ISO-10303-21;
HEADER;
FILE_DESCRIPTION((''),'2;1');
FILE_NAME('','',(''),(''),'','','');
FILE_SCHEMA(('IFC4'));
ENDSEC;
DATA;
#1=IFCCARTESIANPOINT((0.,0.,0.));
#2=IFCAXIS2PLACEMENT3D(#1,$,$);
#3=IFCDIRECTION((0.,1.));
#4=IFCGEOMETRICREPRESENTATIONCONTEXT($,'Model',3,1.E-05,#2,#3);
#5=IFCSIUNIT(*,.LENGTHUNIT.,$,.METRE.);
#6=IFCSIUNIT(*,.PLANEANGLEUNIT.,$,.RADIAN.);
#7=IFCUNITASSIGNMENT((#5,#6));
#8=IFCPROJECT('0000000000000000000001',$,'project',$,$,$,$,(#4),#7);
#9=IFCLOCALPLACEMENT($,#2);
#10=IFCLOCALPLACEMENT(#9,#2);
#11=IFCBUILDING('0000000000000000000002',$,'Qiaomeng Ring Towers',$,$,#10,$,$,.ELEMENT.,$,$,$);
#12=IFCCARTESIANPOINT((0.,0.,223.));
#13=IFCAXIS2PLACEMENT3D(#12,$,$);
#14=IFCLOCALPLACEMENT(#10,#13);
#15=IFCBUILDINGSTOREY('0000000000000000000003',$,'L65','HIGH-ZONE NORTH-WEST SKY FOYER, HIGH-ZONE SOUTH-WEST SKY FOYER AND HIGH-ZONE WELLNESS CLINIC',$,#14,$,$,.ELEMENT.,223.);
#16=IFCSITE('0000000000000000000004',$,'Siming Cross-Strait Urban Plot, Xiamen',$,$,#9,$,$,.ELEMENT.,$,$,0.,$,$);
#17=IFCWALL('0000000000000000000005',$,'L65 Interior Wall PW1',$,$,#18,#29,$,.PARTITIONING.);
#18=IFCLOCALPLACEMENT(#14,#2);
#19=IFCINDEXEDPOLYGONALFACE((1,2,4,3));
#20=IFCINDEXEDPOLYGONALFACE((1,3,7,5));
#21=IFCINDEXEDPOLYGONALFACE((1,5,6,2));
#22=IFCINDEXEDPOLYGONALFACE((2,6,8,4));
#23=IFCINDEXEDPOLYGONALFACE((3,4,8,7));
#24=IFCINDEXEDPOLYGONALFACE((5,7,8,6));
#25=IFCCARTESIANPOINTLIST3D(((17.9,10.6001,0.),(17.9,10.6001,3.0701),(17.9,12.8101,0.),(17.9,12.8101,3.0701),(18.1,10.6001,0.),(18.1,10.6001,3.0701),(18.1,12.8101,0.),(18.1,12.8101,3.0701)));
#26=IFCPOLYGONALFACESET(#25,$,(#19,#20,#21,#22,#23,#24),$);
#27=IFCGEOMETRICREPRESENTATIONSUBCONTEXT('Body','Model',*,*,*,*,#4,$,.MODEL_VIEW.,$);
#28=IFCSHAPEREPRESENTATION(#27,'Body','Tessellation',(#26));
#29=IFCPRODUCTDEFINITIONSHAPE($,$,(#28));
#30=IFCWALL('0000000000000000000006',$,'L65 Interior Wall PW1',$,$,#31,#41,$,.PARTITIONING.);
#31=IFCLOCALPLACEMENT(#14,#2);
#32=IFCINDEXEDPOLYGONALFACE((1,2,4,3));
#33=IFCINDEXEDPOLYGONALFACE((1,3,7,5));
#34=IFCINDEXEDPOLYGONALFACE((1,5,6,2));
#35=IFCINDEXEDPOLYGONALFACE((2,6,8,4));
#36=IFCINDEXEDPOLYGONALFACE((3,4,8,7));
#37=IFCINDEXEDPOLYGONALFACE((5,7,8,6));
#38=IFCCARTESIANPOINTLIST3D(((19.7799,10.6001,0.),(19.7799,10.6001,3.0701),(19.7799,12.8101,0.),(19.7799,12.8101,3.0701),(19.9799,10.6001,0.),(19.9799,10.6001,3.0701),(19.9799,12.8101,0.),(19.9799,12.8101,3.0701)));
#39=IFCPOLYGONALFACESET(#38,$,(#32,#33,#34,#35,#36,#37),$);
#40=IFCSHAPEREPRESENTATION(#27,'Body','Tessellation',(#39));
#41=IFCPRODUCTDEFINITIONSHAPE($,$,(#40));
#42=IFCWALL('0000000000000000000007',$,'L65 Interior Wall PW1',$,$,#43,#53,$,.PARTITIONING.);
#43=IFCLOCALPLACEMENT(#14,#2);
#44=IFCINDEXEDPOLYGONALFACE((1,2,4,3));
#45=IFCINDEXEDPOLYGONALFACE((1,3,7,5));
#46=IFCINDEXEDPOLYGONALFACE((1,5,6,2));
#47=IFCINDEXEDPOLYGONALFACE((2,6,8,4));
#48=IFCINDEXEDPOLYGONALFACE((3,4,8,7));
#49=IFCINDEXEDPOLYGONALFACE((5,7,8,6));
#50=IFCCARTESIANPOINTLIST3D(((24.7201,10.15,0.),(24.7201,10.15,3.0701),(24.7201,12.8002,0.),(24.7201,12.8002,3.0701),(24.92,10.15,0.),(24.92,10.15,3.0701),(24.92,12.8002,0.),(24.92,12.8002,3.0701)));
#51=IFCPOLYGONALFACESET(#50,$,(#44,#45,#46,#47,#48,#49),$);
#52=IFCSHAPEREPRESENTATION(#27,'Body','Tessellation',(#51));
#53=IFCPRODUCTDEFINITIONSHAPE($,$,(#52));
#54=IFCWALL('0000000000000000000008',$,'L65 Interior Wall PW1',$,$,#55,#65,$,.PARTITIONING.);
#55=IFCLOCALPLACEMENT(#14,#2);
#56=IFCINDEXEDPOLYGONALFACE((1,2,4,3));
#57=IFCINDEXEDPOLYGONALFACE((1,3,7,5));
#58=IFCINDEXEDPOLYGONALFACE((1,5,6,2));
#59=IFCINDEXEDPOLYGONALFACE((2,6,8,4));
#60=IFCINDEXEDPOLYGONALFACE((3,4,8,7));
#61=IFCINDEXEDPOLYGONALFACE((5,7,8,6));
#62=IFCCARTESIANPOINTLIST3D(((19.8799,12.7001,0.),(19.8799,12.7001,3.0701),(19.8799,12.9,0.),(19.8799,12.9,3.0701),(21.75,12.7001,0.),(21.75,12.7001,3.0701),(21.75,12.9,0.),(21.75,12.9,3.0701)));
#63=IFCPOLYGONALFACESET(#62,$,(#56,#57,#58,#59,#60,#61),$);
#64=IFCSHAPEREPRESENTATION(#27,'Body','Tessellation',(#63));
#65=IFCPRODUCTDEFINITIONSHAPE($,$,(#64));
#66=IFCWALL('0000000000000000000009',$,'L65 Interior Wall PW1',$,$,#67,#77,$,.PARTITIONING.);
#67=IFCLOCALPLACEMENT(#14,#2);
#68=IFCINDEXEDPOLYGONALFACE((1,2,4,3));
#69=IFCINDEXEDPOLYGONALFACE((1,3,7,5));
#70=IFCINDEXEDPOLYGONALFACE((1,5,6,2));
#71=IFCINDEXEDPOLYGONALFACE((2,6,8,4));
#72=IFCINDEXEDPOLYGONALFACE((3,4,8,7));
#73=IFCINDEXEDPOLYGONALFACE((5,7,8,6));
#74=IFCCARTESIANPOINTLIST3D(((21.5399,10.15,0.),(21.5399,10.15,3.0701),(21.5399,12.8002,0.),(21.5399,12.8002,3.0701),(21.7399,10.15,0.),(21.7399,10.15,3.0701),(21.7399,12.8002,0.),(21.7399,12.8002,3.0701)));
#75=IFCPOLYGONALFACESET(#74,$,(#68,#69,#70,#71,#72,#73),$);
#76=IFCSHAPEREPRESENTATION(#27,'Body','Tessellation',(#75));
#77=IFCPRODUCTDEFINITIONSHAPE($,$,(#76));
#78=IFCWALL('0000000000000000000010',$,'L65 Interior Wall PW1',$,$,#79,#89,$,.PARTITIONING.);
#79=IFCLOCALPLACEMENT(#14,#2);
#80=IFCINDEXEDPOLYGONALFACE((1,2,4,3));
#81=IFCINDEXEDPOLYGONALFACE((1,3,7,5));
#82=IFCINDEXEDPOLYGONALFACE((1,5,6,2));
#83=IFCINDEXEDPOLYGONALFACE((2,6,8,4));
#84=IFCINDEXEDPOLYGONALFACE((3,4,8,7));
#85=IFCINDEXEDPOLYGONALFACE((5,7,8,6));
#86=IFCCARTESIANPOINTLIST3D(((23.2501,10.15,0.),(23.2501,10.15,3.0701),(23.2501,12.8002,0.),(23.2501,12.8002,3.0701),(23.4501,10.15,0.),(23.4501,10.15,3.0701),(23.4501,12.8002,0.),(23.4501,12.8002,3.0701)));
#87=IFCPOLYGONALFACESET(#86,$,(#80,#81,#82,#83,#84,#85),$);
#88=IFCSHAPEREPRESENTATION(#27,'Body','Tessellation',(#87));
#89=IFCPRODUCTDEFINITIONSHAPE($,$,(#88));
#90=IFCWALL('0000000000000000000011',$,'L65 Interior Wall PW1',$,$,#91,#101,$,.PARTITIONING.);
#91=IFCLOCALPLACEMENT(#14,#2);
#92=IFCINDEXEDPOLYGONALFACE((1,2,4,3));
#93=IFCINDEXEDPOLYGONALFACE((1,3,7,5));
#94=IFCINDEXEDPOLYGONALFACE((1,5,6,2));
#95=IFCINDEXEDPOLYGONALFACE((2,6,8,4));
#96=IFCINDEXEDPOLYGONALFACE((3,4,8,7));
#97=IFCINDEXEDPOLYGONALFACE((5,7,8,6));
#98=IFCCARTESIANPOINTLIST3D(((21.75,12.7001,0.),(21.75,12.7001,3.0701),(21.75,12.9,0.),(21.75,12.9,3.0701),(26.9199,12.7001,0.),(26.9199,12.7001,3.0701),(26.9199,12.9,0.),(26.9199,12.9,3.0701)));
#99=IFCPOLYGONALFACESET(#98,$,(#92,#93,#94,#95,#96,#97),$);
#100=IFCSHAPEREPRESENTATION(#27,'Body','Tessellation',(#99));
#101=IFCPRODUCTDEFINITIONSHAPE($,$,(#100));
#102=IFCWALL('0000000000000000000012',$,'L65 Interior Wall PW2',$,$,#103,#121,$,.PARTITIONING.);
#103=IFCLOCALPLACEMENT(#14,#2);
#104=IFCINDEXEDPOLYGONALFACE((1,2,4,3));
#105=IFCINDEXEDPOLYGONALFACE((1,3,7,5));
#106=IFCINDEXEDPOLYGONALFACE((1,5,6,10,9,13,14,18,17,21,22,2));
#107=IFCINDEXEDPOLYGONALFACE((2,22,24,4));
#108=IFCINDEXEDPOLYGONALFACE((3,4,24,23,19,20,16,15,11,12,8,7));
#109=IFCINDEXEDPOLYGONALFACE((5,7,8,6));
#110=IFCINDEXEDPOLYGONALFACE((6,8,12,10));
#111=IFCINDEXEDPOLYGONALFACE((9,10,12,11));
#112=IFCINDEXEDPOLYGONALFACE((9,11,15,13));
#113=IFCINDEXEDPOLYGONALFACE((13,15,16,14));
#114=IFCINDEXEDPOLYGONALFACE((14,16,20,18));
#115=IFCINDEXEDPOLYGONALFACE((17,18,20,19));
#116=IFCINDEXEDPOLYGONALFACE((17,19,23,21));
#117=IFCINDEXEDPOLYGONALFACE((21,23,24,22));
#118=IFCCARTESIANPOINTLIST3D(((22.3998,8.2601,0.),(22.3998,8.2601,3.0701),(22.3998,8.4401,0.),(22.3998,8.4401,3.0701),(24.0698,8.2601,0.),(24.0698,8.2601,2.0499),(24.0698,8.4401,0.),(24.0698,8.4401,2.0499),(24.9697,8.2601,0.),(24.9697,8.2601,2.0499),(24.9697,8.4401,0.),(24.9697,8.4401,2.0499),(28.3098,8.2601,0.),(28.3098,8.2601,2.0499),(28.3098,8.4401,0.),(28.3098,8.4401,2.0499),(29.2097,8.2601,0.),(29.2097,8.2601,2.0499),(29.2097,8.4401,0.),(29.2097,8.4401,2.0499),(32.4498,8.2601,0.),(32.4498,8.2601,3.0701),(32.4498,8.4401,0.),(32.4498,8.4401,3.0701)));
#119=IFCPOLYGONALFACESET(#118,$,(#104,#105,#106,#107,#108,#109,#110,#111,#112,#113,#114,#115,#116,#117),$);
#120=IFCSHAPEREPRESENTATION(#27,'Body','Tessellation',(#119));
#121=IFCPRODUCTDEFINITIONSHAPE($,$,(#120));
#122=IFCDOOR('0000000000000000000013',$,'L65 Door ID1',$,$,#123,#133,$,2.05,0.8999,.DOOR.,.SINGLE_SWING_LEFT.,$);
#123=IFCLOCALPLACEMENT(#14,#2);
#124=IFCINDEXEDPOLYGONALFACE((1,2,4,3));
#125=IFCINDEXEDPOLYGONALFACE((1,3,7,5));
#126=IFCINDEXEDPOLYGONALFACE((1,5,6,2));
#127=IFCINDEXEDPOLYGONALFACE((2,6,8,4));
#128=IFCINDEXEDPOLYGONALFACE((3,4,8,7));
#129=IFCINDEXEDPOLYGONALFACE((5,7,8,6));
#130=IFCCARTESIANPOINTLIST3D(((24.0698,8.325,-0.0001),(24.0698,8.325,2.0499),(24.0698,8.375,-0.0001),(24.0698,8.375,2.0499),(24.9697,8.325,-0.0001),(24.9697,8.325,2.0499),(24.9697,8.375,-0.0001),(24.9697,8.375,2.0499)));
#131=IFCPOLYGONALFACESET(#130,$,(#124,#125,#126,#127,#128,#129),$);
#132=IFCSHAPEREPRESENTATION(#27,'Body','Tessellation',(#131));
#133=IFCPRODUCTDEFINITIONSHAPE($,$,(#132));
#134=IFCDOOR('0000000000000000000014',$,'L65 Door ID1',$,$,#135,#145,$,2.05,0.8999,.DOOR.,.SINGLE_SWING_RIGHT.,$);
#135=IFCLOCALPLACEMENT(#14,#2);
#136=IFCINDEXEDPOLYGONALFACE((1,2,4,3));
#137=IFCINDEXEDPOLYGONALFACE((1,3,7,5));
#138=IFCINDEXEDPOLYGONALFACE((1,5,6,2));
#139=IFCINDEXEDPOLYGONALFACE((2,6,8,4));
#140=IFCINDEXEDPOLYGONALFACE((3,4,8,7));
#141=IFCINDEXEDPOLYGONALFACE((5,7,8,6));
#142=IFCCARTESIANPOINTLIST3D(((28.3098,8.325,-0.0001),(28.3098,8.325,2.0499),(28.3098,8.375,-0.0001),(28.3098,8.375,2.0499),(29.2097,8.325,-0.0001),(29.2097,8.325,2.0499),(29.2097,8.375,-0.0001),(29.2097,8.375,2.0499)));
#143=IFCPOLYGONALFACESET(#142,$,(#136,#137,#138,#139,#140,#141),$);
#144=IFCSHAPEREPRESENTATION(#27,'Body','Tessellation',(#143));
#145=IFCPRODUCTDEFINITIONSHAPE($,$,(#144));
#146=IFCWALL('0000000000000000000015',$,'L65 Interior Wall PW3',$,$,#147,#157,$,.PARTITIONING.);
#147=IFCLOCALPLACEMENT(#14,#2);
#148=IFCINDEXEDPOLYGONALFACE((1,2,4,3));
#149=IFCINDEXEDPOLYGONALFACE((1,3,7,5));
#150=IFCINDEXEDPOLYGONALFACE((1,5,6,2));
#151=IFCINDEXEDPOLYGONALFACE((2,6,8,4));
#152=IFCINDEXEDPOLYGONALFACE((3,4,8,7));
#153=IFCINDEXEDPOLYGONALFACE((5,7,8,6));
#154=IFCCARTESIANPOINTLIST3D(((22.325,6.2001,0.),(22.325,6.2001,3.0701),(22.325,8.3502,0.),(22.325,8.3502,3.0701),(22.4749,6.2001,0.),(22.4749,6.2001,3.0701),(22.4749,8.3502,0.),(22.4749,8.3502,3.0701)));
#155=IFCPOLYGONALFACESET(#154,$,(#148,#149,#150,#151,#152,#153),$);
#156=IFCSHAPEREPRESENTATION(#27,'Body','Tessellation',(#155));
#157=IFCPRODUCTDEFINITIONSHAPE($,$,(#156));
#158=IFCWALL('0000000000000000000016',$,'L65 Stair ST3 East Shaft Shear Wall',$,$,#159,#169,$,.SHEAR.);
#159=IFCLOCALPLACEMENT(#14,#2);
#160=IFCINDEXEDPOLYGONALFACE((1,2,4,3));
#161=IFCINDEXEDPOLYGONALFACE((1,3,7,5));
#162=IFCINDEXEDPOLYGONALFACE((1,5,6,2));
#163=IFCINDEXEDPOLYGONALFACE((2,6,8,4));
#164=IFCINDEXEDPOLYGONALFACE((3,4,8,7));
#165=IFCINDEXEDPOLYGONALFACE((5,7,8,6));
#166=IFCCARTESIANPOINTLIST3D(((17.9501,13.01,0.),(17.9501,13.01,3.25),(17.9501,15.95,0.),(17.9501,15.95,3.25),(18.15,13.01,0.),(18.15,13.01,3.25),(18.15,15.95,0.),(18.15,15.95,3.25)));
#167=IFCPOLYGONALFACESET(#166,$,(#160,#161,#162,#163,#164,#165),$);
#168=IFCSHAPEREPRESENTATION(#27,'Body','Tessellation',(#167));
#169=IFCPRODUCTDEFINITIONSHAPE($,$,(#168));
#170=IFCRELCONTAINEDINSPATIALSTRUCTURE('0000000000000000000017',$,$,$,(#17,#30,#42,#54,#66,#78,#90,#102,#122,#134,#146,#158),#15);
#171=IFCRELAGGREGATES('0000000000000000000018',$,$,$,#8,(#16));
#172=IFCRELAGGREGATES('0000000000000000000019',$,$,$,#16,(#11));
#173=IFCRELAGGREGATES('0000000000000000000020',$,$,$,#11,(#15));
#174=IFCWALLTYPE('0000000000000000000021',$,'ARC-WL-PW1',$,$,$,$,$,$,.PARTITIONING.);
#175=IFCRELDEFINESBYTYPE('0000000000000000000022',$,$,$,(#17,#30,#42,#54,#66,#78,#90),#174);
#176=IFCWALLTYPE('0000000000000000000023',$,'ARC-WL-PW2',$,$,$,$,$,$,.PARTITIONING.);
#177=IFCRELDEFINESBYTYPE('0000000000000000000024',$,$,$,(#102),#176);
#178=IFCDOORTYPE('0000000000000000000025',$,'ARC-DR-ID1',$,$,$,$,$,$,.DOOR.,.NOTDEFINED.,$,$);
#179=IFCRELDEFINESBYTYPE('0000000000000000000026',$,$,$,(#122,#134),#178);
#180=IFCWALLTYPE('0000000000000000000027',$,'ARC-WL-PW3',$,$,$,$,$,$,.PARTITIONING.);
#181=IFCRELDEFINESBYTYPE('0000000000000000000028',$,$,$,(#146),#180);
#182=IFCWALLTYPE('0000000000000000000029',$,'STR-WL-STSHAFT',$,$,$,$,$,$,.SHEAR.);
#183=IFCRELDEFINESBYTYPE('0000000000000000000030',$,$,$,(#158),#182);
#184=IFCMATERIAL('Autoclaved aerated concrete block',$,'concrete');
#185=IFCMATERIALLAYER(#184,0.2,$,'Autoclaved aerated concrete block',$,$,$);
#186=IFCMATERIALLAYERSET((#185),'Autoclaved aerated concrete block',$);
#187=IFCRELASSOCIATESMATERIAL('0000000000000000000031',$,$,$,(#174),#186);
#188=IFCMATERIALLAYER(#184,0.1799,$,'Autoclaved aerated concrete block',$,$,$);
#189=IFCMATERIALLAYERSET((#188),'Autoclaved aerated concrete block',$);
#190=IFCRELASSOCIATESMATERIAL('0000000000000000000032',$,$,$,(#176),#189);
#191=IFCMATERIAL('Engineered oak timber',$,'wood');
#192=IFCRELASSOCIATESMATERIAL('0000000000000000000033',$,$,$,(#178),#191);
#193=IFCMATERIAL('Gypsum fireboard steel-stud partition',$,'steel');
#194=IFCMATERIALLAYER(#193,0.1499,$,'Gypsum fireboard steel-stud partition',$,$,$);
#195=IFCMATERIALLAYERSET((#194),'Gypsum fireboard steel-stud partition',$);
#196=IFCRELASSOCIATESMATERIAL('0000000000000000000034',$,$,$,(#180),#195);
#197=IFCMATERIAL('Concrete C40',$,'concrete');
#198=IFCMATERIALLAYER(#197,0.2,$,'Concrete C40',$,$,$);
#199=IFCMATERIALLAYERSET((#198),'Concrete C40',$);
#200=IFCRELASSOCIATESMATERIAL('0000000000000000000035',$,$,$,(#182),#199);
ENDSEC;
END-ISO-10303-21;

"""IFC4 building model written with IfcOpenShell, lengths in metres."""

from ifc_helpers import new_model, si_unit, direction, frame, frame_2d, origin, place, context, subcontext, project, spatial, rectangle, extrude, source, transform, mapped, material, layer, layer_set, type_object, element, fill, save


model = new_model("IFC4")

# Units and contexts
model_context = context("Model", 3, precision=1e-05, world=origin(), true_north=direction((0.0, 1.0)))
body_context = subcontext(model_context, "Body", "Model", "MODEL_VIEW")
ifc_project = project(units=[si_unit("LENGTHUNIT", "METRE"), si_unit("PLANEANGLEUNIT", "RADIAN")], contexts=[model_context])

# Site, building, storey
site_placement = place(None, origin())
site = spatial("IfcSite", under=ifc_project, at=site_placement, Name="Siming Cross-Strait Urban Plot, Xiamen", CompositionType="ELEMENT", RefElevation=0.0)
building_placement = place(site_placement, origin())
building = spatial("IfcBuilding", under=site, at=building_placement, Name="Qiaomeng Ring Towers", CompositionType="ELEMENT")
storey_placement = place(building_placement, frame((0.0, 0.0, 223.0)))
storey = spatial("IfcBuildingStorey", under=building, at=storey_placement, Name="L65", Description="HIGH-ZONE NORTH-WEST SKY FOYER, HIGH-ZONE SOUTH-WEST SKY FOYER AND HIGH-ZONE WELLNESS CLINIC", CompositionType="ELEMENT", Elevation=223.0)

# Walls
ifc_material_1 = material(Name="Autoclaved aerated concrete block", Category="concrete")
ifc_layer_1 = layer(ifc_material_1, 0.2, Name="Autoclaved aerated concrete block")
ifc_layer_set_1 = layer_set([ifc_layer_1], Name="Autoclaved aerated concrete block")
wall_type_1 = type_object("IfcWallType", Name="ARC-WL-PW1", PredefinedType="PARTITIONING", material=ifc_layer_set_1)
for number, where, z_axis, x_axis, name in (
    (1, (18.0, 10.6001, 0.0), (0.0, 0.0, 1.0), (0.0, 1.0, 0.0), "L65 Interior Wall PW1"),
    (2, (19.8799, 10.6001, 0.0), (0.0, 0.0, 1.0), (0.0, 1.0, 0.0), "L65 Interior Wall PW1"),
):
    element("IfcWall", number, at=place(storey_placement, frame(where, z_axis=z_axis, x_axis=x_axis)), inside=storey, type_object=wall_type_1, Name=name, PredefinedType="PARTITIONING", context=body_context, shape_type="SweptSolid", body=[
        extrude(rectangle(XDim=2.21, YDim=0.2, at=frame_2d((1.105, 0.0))), origin(), (0.0, 0.0, 1.0), 3.0701),
    ])
wall_1_placement = place(storey_placement, frame((24.8201, 10.1499, 0.0), z_axis=(0.0, 0.0, 1.0), x_axis=(0.0, 1.0, 0.0)))
element("IfcWall", 3, at=wall_1_placement, inside=storey, type_object=wall_type_1, Name="L65 Interior Wall PW1", PredefinedType="PARTITIONING", context=body_context, shape_type="SweptSolid", body=[
    extrude(rectangle(XDim=2.6501, YDim=0.2, at=frame_2d((1.3252, 0.0))), origin(), (0.0, 0.0, 1.0), 3.0701),
])
wall_2_placement = place(storey_placement, frame((19.8799, 12.8, 0.0), z_axis=(0.0, 0.0, 1.0), x_axis=(1.0, 0.0, 0.0)))
element("IfcWall", 4, at=wall_2_placement, inside=storey, type_object=wall_type_1, Name="L65 Interior Wall PW1", PredefinedType="PARTITIONING", context=body_context, shape_type="SweptSolid", body=[
    extrude(rectangle(XDim=1.8701, YDim=0.2, at=frame_2d((0.9351, 0.0))), origin(), (0.0, 0.0, 1.0), 3.0701),
])
for number, where, z_axis, x_axis, name in (
    (5, (21.6399, 10.1499, 0.0), (0.0, 0.0, 1.0), (0.0, 1.0, 0.0), "L65 Interior Wall PW1"),
    (6, (23.3501, 10.1499, 0.0), (0.0, 0.0, 1.0), (0.0, 1.0, 0.0), "L65 Interior Wall PW1"),
):
    element("IfcWall", number, at=place(storey_placement, frame(where, z_axis=z_axis, x_axis=x_axis)), inside=storey, type_object=wall_type_1, Name=name, PredefinedType="PARTITIONING", context=body_context, shape_type="SweptSolid", body=[
        extrude(rectangle(XDim=2.6501, YDim=0.2, at=frame_2d((1.3252, 0.0))), origin(), (0.0, 0.0, 1.0), 3.0701),
    ])
wall_3_placement = place(storey_placement, frame((21.75, 12.8, 0.0), z_axis=(0.0, 0.0, 1.0), x_axis=(1.0, 0.0, 0.0)))
element("IfcWall", 7, at=wall_3_placement, inside=storey, type_object=wall_type_1, Name="L65 Interior Wall PW1", PredefinedType="PARTITIONING", context=body_context, shape_type="SweptSolid", body=[
    extrude(rectangle(XDim=5.1699, YDim=0.2, at=frame_2d((2.585, 0.0))), origin(), (0.0, 0.0, 1.0), 3.0701),
])

# Wall, openings, doors
ifc_layer_2 = layer(ifc_material_1, 0.1799, Name="Autoclaved aerated concrete block")
ifc_layer_set_2 = layer_set([ifc_layer_2], Name="Autoclaved aerated concrete block")
wall_type_2 = type_object("IfcWallType", Name="ARC-WL-PW2", PredefinedType="PARTITIONING", material=ifc_layer_set_2)
wall_4_placement = place(storey_placement, frame((22.3999, 8.3501, 0.0), z_axis=(0.0, 0.0, 1.0), x_axis=(1.0, 0.0, 0.0)))
wall_4 = element("IfcWall", 8, at=wall_4_placement, inside=storey, type_object=wall_type_2, Name="L65 Interior Wall PW2", PredefinedType="PARTITIONING", context=body_context, shape_type="SweptSolid", body=[
    extrude(rectangle(XDim=10.05, YDim=0.1799, at=frame_2d((5.0249, 0.0))), origin(), (0.0, 0.0, 1.0), 3.0701),
])
opening_1_placement = place(wall_4_placement, frame((1.6699, 0.0, 0.0)))
opening_1 = element("IfcOpeningElement", 9, at=opening_1_placement, cuts=wall_4, PredefinedType="OPENING", context=body_context, shape_type="SweptSolid", body=[
    extrude(rectangle(XDim=0.8999, YDim=2.05, at=frame_2d((0.45, 1.0249))), frame((0.0, 0.0999, 0.0), z_axis=(0.0, -1.0, 0.0), x_axis=(1.0, 0.0, 0.0)), (0.0, 0.0, 1.0), 0.2),
])
opening_2_placement = place(wall_4_placement, frame((5.9099, 0.0, 0.0)))
opening_2 = element("IfcOpeningElement", 10, at=opening_2_placement, cuts=wall_4, PredefinedType="OPENING", context=body_context, shape_type="SweptSolid", body=[
    extrude(rectangle(XDim=0.8999, YDim=2.05, at=frame_2d((0.45, 1.0249))), frame((0.0, 0.0999, 0.0), z_axis=(0.0, -1.0, 0.0), x_axis=(1.0, 0.0, 0.0)), (0.0, 0.0, 1.0), 0.2),
])
ifc_material_2 = material(Name="Engineered oak timber", Category="wood")
door_type_1 = type_object("IfcDoorType", Name="ARC-DR-ID1", OperationType="NOTDEFINED", PredefinedType="DOOR", material=ifc_material_2)
shared_shape_1 = source(origin(), body_context, "Body", "SweptSolid", [
    extrude(rectangle(XDim=0.8999, YDim=2.05, at=frame_2d((0.45, 1.0249))), frame((0.0, 0.0249, 0.0), z_axis=(0.0, -1.0, 0.0), x_axis=(1.0, 0.0, 0.0)), (0.0, 0.0, 1.0), 0.05),
])
door_1_placement = place(opening_1_placement, origin())
door_1 = element("IfcDoor", 11, at=door_1_placement, inside=storey, type_object=door_type_1, Name="L65 Door ID1", OperationType="SINGLE_SWING_LEFT", OverallHeight=2.05, OverallWidth=0.8999, PredefinedType="DOOR", context=body_context, shape_type="MappedRepresentation", body=[
    mapped(shared_shape_1, transform((0.0, 0.0, 0.0), x_axis=(1.0, 0.0, 0.0), y_axis=(0.0, 1.0, 0.0), z_axis=(0.0, 0.0, 1.0), scale=1.0)),
])
fill(opening_1, door_1)
door_2_placement = place(opening_2_placement, origin())
door_2 = element("IfcDoor", 12, at=door_2_placement, inside=storey, type_object=door_type_1, Name="L65 Door ID1", OperationType="SINGLE_SWING_RIGHT", OverallHeight=2.05, OverallWidth=0.8999, PredefinedType="DOOR", context=body_context, shape_type="MappedRepresentation", body=[
    mapped(shared_shape_1, transform((0.0, 0.0, 0.0), x_axis=(1.0, 0.0, 0.0), y_axis=(0.0, 1.0, 0.0), z_axis=(0.0, 0.0, 1.0), scale=1.0)),
])
fill(opening_2, door_2)

# Walls
ifc_material_3 = material(Name="Gypsum fireboard steel-stud partition", Category="steel")
ifc_layer_3 = layer(ifc_material_3, 0.1499, Name="Gypsum fireboard steel-stud partition")
ifc_layer_set_3 = layer_set([ifc_layer_3], Name="Gypsum fireboard steel-stud partition")
wall_type_3 = type_object("IfcWallType", Name="ARC-WL-PW3", PredefinedType="PARTITIONING", material=ifc_layer_set_3)
wall_5_placement = place(storey_placement, frame((22.3999, 6.2, 0.0), z_axis=(0.0, 0.0, 1.0), x_axis=(0.0, 1.0, 0.0)))
element("IfcWall", 13, at=wall_5_placement, inside=storey, type_object=wall_type_3, Name="L65 Interior Wall PW3", PredefinedType="PARTITIONING", context=body_context, shape_type="SweptSolid", body=[
    extrude(rectangle(XDim=2.1501, YDim=0.1499, at=frame_2d((1.0752, 0.0))), origin(), (0.0, 0.0, 1.0), 3.0701),
])
ifc_material_4 = material(Name="Concrete C40", Category="concrete")
ifc_layer_4 = layer(ifc_material_4, 0.2, Name="Concrete C40")
ifc_layer_set_4 = layer_set([ifc_layer_4], Name="Concrete C40")
wall_type_4 = type_object("IfcWallType", Name="STR-WL-STSHAFT", PredefinedType="SHEAR", material=ifc_layer_set_4)
wall_6_placement = place(storey_placement, frame((18.05, 13.01, 0.0), z_axis=(0.0, 0.0, 1.0), x_axis=(0.0, 1.0, 0.0)))
element("IfcWall", 14, at=wall_6_placement, inside=storey, type_object=wall_type_4, Name="L65 Stair ST3 East Shaft Shear Wall", PredefinedType="SHEAR", context=body_context, shape_type="SweptSolid", body=[
    extrude(rectangle(XDim=2.9399, YDim=0.2, at=frame_2d((1.47, 0.0))), origin(), (0.0, 0.0, 1.0), 3.25),
])

save(model, "model.ifc")
